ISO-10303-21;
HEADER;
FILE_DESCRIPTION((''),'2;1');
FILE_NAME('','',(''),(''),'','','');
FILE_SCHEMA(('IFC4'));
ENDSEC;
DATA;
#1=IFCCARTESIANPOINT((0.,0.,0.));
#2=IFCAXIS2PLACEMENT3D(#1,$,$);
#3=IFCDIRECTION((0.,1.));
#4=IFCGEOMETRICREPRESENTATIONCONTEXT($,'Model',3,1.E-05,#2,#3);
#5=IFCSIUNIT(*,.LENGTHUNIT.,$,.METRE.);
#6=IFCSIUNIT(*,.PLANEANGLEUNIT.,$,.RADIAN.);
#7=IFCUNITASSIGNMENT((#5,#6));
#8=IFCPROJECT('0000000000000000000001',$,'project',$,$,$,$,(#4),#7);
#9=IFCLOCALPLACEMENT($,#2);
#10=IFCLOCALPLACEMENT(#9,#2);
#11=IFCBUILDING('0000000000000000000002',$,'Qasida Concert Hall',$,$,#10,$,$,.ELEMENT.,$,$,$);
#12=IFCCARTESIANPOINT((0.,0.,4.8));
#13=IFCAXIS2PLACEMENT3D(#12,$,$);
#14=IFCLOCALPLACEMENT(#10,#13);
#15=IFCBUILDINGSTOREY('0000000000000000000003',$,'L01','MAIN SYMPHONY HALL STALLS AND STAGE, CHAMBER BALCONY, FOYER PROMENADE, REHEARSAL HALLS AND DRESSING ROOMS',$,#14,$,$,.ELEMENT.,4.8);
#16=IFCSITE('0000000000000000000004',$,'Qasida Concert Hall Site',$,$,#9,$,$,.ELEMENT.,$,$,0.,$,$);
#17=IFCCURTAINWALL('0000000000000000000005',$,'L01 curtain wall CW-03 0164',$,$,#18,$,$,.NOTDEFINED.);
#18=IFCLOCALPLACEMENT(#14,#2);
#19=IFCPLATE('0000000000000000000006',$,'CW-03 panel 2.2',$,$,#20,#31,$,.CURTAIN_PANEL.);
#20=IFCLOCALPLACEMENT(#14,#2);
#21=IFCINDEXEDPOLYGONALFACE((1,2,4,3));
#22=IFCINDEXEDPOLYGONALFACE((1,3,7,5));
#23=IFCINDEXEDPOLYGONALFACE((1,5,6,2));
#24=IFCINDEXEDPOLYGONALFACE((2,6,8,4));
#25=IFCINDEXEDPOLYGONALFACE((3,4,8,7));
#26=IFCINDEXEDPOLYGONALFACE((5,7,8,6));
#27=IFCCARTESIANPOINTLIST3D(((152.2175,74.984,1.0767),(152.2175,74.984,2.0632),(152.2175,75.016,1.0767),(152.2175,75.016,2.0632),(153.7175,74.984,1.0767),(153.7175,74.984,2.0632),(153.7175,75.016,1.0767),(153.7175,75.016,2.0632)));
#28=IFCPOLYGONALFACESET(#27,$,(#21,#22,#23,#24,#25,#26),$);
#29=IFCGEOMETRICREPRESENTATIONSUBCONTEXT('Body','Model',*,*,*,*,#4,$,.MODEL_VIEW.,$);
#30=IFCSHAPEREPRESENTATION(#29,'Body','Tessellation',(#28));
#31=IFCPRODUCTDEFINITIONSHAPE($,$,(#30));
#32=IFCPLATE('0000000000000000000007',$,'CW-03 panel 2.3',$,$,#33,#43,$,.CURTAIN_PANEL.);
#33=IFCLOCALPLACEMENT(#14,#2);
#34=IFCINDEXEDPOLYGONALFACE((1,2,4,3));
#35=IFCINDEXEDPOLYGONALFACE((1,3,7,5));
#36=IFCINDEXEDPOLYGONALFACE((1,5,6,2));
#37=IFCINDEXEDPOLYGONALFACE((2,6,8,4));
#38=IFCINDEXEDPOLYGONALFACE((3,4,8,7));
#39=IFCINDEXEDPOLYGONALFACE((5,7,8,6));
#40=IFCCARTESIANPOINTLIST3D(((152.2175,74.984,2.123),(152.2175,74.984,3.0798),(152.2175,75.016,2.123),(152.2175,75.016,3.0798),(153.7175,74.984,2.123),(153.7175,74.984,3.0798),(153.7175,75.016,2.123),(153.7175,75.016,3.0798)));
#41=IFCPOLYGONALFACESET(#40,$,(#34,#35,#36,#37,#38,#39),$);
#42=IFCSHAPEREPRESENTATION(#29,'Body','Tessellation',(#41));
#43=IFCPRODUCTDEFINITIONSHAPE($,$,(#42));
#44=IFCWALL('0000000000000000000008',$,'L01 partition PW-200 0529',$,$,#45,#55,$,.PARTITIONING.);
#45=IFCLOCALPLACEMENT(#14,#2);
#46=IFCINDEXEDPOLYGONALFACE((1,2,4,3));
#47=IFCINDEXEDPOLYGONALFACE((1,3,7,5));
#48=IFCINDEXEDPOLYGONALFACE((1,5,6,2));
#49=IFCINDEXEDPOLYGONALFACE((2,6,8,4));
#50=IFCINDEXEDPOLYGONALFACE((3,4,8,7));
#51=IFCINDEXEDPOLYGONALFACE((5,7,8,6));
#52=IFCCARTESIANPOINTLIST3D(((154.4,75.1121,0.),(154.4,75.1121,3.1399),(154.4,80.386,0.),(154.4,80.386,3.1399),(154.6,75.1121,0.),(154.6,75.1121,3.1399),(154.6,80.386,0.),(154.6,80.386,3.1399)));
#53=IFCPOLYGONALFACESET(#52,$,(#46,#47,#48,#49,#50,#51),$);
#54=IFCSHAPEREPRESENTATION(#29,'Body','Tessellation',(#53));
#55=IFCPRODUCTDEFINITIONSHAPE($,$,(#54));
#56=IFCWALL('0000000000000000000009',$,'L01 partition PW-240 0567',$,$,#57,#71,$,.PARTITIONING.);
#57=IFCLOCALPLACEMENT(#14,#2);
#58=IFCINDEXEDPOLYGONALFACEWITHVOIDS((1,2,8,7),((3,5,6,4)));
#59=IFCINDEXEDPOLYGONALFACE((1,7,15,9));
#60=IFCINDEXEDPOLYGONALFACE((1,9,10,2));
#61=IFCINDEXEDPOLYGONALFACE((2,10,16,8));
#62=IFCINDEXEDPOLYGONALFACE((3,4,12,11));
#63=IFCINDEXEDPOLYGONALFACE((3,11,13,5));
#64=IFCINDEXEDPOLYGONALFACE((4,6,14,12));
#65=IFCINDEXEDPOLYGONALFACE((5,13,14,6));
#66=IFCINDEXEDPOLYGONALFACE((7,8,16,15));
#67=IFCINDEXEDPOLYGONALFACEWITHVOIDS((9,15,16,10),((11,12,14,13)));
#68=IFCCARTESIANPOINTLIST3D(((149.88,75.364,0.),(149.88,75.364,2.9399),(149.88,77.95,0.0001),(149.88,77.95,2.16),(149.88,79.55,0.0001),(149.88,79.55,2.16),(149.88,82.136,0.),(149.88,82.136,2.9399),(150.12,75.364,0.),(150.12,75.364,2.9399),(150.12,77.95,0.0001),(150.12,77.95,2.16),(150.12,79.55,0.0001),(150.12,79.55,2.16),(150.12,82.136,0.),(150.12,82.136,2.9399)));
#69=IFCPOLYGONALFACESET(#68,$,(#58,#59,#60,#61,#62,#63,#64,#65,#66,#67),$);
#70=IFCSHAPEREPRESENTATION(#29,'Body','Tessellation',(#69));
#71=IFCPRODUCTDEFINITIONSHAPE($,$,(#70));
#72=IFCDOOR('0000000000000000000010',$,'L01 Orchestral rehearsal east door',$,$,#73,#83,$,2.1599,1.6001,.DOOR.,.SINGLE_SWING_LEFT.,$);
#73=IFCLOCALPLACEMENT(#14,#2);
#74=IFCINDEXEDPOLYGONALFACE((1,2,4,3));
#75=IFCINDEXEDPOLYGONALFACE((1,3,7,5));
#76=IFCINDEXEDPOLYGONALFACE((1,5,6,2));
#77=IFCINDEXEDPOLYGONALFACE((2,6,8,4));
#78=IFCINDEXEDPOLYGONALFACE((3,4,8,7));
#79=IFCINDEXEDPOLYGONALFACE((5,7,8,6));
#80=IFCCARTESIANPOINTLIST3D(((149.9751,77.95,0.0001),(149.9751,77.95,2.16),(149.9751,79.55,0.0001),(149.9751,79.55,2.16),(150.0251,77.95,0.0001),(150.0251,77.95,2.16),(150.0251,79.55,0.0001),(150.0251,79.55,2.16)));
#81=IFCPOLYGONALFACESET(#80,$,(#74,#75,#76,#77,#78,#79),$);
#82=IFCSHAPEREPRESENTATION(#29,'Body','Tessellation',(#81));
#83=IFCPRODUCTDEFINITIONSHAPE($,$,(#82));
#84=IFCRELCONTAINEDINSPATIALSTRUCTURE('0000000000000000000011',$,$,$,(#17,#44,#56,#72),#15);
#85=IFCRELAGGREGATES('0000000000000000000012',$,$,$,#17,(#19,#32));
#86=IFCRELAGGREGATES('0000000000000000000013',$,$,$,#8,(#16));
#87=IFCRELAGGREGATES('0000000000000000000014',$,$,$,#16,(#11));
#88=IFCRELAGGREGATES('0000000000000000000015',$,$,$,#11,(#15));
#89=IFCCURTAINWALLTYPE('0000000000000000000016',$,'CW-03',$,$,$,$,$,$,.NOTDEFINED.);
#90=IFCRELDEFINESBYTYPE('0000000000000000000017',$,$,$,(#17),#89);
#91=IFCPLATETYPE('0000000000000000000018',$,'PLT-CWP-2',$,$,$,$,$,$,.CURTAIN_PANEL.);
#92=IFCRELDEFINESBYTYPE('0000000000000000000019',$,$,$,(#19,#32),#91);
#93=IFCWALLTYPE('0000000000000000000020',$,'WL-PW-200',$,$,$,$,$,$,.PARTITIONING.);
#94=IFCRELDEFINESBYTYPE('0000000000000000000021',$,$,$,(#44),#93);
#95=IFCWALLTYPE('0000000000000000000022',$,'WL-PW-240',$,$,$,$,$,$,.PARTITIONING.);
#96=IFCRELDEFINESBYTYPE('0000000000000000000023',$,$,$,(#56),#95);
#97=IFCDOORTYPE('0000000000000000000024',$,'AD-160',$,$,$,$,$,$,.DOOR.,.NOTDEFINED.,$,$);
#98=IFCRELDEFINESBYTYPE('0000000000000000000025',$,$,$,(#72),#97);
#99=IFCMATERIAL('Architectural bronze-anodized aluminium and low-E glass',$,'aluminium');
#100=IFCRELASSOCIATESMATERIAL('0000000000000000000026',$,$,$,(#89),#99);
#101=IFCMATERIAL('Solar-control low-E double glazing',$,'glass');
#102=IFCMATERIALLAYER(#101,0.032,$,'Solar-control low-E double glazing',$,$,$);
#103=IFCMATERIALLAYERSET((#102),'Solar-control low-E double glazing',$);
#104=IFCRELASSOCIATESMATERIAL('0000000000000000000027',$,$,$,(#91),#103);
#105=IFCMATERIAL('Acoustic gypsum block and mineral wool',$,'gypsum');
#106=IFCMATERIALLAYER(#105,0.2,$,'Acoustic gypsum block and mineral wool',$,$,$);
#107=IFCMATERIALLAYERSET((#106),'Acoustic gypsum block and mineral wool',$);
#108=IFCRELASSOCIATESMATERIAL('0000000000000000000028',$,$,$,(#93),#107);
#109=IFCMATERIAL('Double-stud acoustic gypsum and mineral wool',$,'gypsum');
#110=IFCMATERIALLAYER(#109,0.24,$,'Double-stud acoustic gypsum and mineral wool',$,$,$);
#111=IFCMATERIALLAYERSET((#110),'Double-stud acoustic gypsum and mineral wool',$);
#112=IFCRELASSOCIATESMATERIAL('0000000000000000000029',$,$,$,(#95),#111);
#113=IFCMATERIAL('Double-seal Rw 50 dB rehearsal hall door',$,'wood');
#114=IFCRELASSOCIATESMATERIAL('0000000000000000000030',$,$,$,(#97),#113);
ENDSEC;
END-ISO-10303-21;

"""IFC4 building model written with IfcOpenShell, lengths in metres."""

from ifc_helpers import new_model, si_unit, direction, frame, frame_2d, origin, origin_2d, place, context, subcontext, project, spatial, rectangle, extrude, material, layer, layer_set, type_object, element, fill, aggregate, save


model = new_model("IFC4")

# Units and contexts
model_context = context("Model", 3, precision=1e-05, world=origin(), true_north=direction((0.0, 1.0)))
body_context = subcontext(model_context, "Body", "Model", "MODEL_VIEW")
ifc_project = project(units=[si_unit("LENGTHUNIT", "METRE"), si_unit("PLANEANGLEUNIT", "RADIAN")], contexts=[model_context])

# Site, building, storey
site_placement = place(None, origin())
site = spatial("IfcSite", under=ifc_project, at=site_placement, Name="Qasida Concert Hall Site", CompositionType="ELEMENT", RefElevation=0.0)
building_placement = place(site_placement, origin())
building = spatial("IfcBuilding", under=site, at=building_placement, Name="Qasida Concert Hall", CompositionType="ELEMENT")
storey_placement = place(building_placement, frame((0.0, 0.0, 4.8)))
storey = spatial("IfcBuildingStorey", under=building, at=storey_placement, Name="L01", Description="MAIN SYMPHONY HALL STALLS AND STAGE, CHAMBER BALCONY, FOYER PROMENADE, REHEARSAL HALLS AND DRESSING ROOMS", CompositionType="ELEMENT", Elevation=4.8)

# Curtain wall, plates
ifc_material_1 = material(Name="Architectural bronze-anodized aluminium and low-E glass", Category="aluminium")
curtain_wall_type = type_object("IfcCurtainWallType", Name="CW-03", PredefinedType="NOTDEFINED", material=ifc_material_1)
curtain_wall_placement = place(storey_placement, origin())
curtain_wall = element("IfcCurtainWall", 1, at=curtain_wall_placement, inside=storey, type_object=curtain_wall_type, Name="L01 curtain wall CW-03 0164", PredefinedType="NOTDEFINED")
ifc_material_2 = material(Name="Solar-control low-E double glazing", Category="glass")
ifc_layer_1 = layer(ifc_material_2, 0.032, Name="Solar-control low-E double glazing")
ifc_layer_set_1 = layer_set([ifc_layer_1], Name="Solar-control low-E double glazing")
plate_type = type_object("IfcPlateType", Name="PLT-CWP-2", PredefinedType="CURTAIN_PANEL", material=ifc_layer_set_1)
plate_1_placement = place(storey_placement, frame((152.9675, 75.0, 1.0767), z_axis=(0.0, 0.0, 1.0), x_axis=(1.0, 0.0, 0.0)))
plate_1 = element("IfcPlate", 2, at=plate_1_placement, type_object=plate_type, Name="CW-03 panel 2.2", PredefinedType="CURTAIN_PANEL", context=body_context, shape_type="SweptSolid", body=[
    extrude(rectangle(XDim=1.5, YDim=0.032, at=origin_2d()), origin(), (0.0, 0.0, 1.0), 0.9866),
])
plate_2_placement = place(storey_placement, frame((152.9675, 75.0, 2.123), z_axis=(0.0, 0.0, 1.0), x_axis=(1.0, 0.0, 0.0)))
plate_2 = element("IfcPlate", 3, at=plate_2_placement, type_object=plate_type, Name="CW-03 panel 2.3", PredefinedType="CURTAIN_PANEL", context=body_context, shape_type="SweptSolid", body=[
    extrude(rectangle(XDim=1.5, YDim=0.032, at=origin_2d()), origin(), (0.0, 0.0, 1.0), 0.9568),
])
aggregate(curtain_wall, [plate_1, plate_2])

# Wall
ifc_material_3 = material(Name="Acoustic gypsum block and mineral wool", Category="gypsum")
ifc_layer_2 = layer(ifc_material_3, 0.2, Name="Acoustic gypsum block and mineral wool")
ifc_layer_set_2 = layer_set([ifc_layer_2], Name="Acoustic gypsum block and mineral wool")
wall_type_1 = type_object("IfcWallType", Name="WL-PW-200", PredefinedType="PARTITIONING", material=ifc_layer_set_2)
wall_1_placement = place(storey_placement, frame((154.5, 75.1121, 0.0), z_axis=(0.0, 0.0, 1.0), x_axis=(0.0, 1.0, 0.0)))
element("IfcWall", 4, at=wall_1_placement, inside=storey, type_object=wall_type_1, Name="L01 partition PW-200 0529", PredefinedType="PARTITIONING", context=body_context, shape_type="SweptSolid", body=[
    extrude(rectangle(XDim=5.2739, YDim=0.2, at=frame_2d((2.637, 0.0))), origin(), (0.0, 0.0, 1.0), 3.1399),
])

# Wall, opening, door
ifc_material_4 = material(Name="Double-stud acoustic gypsum and mineral wool", Category="gypsum")
ifc_layer_3 = layer(ifc_material_4, 0.24, Name="Double-stud acoustic gypsum and mineral wool")
ifc_layer_set_3 = layer_set([ifc_layer_3], Name="Double-stud acoustic gypsum and mineral wool")
wall_type_2 = type_object("IfcWallType", Name="WL-PW-240", PredefinedType="PARTITIONING", material=ifc_layer_set_3)
wall_2_placement = place(storey_placement, frame((150.0, 75.364, 0.0), z_axis=(0.0, 0.0, 1.0), x_axis=(0.0, 1.0, 0.0)))
wall_2 = element("IfcWall", 5, at=wall_2_placement, inside=storey, type_object=wall_type_2, Name="L01 partition PW-240 0567", PredefinedType="PARTITIONING", context=body_context, shape_type="SweptSolid", body=[
    extrude(rectangle(XDim=6.772, YDim=0.24, at=frame_2d((3.386, 0.0))), origin(), (0.0, 0.0, 1.0), 2.9399),
])
opening_placement = place(wall_2_placement, frame((2.5859, 0.0, 0.0)))
opening = element("IfcOpeningElement", 6, at=opening_placement, cuts=wall_2, PredefinedType="OPENING", context=body_context, shape_type="SweptSolid", body=[
    extrude(rectangle(XDim=1.6001, YDim=2.1599, at=frame_2d((0.8, 1.0801))), frame((0.0, 0.1299, 0.0), z_axis=(0.0, -1.0, 0.0), x_axis=(1.0, 0.0, 0.0)), (0.0, 0.0, 1.0), 0.26),
])
ifc_material_5 = material(Name="Double-seal Rw 50 dB rehearsal hall door", Category="wood")
door_type = type_object("IfcDoorType", Name="AD-160", OperationType="NOTDEFINED", PredefinedType="DOOR", material=ifc_material_5)
door_placement = place(opening_placement, origin())
door = element("IfcDoor", 7, at=door_placement, inside=storey, type_object=door_type, Name="L01 Orchestral rehearsal east door", OperationType="SINGLE_SWING_LEFT", OverallHeight=2.1599, OverallWidth=1.6001, PredefinedType="DOOR", context=body_context, shape_type="SweptSolid", body=[
    extrude(rectangle(XDim=1.6001, YDim=2.1599, at=frame_2d((0.8, 1.0801))), frame((0.0, 0.0249, 0.0), z_axis=(0.0, -1.0, 0.0), x_axis=(1.0, 0.0, 0.0)), (0.0, 0.0, 1.0), 0.05),
])
fill(opening, door)

save(model, "model.ifc")
